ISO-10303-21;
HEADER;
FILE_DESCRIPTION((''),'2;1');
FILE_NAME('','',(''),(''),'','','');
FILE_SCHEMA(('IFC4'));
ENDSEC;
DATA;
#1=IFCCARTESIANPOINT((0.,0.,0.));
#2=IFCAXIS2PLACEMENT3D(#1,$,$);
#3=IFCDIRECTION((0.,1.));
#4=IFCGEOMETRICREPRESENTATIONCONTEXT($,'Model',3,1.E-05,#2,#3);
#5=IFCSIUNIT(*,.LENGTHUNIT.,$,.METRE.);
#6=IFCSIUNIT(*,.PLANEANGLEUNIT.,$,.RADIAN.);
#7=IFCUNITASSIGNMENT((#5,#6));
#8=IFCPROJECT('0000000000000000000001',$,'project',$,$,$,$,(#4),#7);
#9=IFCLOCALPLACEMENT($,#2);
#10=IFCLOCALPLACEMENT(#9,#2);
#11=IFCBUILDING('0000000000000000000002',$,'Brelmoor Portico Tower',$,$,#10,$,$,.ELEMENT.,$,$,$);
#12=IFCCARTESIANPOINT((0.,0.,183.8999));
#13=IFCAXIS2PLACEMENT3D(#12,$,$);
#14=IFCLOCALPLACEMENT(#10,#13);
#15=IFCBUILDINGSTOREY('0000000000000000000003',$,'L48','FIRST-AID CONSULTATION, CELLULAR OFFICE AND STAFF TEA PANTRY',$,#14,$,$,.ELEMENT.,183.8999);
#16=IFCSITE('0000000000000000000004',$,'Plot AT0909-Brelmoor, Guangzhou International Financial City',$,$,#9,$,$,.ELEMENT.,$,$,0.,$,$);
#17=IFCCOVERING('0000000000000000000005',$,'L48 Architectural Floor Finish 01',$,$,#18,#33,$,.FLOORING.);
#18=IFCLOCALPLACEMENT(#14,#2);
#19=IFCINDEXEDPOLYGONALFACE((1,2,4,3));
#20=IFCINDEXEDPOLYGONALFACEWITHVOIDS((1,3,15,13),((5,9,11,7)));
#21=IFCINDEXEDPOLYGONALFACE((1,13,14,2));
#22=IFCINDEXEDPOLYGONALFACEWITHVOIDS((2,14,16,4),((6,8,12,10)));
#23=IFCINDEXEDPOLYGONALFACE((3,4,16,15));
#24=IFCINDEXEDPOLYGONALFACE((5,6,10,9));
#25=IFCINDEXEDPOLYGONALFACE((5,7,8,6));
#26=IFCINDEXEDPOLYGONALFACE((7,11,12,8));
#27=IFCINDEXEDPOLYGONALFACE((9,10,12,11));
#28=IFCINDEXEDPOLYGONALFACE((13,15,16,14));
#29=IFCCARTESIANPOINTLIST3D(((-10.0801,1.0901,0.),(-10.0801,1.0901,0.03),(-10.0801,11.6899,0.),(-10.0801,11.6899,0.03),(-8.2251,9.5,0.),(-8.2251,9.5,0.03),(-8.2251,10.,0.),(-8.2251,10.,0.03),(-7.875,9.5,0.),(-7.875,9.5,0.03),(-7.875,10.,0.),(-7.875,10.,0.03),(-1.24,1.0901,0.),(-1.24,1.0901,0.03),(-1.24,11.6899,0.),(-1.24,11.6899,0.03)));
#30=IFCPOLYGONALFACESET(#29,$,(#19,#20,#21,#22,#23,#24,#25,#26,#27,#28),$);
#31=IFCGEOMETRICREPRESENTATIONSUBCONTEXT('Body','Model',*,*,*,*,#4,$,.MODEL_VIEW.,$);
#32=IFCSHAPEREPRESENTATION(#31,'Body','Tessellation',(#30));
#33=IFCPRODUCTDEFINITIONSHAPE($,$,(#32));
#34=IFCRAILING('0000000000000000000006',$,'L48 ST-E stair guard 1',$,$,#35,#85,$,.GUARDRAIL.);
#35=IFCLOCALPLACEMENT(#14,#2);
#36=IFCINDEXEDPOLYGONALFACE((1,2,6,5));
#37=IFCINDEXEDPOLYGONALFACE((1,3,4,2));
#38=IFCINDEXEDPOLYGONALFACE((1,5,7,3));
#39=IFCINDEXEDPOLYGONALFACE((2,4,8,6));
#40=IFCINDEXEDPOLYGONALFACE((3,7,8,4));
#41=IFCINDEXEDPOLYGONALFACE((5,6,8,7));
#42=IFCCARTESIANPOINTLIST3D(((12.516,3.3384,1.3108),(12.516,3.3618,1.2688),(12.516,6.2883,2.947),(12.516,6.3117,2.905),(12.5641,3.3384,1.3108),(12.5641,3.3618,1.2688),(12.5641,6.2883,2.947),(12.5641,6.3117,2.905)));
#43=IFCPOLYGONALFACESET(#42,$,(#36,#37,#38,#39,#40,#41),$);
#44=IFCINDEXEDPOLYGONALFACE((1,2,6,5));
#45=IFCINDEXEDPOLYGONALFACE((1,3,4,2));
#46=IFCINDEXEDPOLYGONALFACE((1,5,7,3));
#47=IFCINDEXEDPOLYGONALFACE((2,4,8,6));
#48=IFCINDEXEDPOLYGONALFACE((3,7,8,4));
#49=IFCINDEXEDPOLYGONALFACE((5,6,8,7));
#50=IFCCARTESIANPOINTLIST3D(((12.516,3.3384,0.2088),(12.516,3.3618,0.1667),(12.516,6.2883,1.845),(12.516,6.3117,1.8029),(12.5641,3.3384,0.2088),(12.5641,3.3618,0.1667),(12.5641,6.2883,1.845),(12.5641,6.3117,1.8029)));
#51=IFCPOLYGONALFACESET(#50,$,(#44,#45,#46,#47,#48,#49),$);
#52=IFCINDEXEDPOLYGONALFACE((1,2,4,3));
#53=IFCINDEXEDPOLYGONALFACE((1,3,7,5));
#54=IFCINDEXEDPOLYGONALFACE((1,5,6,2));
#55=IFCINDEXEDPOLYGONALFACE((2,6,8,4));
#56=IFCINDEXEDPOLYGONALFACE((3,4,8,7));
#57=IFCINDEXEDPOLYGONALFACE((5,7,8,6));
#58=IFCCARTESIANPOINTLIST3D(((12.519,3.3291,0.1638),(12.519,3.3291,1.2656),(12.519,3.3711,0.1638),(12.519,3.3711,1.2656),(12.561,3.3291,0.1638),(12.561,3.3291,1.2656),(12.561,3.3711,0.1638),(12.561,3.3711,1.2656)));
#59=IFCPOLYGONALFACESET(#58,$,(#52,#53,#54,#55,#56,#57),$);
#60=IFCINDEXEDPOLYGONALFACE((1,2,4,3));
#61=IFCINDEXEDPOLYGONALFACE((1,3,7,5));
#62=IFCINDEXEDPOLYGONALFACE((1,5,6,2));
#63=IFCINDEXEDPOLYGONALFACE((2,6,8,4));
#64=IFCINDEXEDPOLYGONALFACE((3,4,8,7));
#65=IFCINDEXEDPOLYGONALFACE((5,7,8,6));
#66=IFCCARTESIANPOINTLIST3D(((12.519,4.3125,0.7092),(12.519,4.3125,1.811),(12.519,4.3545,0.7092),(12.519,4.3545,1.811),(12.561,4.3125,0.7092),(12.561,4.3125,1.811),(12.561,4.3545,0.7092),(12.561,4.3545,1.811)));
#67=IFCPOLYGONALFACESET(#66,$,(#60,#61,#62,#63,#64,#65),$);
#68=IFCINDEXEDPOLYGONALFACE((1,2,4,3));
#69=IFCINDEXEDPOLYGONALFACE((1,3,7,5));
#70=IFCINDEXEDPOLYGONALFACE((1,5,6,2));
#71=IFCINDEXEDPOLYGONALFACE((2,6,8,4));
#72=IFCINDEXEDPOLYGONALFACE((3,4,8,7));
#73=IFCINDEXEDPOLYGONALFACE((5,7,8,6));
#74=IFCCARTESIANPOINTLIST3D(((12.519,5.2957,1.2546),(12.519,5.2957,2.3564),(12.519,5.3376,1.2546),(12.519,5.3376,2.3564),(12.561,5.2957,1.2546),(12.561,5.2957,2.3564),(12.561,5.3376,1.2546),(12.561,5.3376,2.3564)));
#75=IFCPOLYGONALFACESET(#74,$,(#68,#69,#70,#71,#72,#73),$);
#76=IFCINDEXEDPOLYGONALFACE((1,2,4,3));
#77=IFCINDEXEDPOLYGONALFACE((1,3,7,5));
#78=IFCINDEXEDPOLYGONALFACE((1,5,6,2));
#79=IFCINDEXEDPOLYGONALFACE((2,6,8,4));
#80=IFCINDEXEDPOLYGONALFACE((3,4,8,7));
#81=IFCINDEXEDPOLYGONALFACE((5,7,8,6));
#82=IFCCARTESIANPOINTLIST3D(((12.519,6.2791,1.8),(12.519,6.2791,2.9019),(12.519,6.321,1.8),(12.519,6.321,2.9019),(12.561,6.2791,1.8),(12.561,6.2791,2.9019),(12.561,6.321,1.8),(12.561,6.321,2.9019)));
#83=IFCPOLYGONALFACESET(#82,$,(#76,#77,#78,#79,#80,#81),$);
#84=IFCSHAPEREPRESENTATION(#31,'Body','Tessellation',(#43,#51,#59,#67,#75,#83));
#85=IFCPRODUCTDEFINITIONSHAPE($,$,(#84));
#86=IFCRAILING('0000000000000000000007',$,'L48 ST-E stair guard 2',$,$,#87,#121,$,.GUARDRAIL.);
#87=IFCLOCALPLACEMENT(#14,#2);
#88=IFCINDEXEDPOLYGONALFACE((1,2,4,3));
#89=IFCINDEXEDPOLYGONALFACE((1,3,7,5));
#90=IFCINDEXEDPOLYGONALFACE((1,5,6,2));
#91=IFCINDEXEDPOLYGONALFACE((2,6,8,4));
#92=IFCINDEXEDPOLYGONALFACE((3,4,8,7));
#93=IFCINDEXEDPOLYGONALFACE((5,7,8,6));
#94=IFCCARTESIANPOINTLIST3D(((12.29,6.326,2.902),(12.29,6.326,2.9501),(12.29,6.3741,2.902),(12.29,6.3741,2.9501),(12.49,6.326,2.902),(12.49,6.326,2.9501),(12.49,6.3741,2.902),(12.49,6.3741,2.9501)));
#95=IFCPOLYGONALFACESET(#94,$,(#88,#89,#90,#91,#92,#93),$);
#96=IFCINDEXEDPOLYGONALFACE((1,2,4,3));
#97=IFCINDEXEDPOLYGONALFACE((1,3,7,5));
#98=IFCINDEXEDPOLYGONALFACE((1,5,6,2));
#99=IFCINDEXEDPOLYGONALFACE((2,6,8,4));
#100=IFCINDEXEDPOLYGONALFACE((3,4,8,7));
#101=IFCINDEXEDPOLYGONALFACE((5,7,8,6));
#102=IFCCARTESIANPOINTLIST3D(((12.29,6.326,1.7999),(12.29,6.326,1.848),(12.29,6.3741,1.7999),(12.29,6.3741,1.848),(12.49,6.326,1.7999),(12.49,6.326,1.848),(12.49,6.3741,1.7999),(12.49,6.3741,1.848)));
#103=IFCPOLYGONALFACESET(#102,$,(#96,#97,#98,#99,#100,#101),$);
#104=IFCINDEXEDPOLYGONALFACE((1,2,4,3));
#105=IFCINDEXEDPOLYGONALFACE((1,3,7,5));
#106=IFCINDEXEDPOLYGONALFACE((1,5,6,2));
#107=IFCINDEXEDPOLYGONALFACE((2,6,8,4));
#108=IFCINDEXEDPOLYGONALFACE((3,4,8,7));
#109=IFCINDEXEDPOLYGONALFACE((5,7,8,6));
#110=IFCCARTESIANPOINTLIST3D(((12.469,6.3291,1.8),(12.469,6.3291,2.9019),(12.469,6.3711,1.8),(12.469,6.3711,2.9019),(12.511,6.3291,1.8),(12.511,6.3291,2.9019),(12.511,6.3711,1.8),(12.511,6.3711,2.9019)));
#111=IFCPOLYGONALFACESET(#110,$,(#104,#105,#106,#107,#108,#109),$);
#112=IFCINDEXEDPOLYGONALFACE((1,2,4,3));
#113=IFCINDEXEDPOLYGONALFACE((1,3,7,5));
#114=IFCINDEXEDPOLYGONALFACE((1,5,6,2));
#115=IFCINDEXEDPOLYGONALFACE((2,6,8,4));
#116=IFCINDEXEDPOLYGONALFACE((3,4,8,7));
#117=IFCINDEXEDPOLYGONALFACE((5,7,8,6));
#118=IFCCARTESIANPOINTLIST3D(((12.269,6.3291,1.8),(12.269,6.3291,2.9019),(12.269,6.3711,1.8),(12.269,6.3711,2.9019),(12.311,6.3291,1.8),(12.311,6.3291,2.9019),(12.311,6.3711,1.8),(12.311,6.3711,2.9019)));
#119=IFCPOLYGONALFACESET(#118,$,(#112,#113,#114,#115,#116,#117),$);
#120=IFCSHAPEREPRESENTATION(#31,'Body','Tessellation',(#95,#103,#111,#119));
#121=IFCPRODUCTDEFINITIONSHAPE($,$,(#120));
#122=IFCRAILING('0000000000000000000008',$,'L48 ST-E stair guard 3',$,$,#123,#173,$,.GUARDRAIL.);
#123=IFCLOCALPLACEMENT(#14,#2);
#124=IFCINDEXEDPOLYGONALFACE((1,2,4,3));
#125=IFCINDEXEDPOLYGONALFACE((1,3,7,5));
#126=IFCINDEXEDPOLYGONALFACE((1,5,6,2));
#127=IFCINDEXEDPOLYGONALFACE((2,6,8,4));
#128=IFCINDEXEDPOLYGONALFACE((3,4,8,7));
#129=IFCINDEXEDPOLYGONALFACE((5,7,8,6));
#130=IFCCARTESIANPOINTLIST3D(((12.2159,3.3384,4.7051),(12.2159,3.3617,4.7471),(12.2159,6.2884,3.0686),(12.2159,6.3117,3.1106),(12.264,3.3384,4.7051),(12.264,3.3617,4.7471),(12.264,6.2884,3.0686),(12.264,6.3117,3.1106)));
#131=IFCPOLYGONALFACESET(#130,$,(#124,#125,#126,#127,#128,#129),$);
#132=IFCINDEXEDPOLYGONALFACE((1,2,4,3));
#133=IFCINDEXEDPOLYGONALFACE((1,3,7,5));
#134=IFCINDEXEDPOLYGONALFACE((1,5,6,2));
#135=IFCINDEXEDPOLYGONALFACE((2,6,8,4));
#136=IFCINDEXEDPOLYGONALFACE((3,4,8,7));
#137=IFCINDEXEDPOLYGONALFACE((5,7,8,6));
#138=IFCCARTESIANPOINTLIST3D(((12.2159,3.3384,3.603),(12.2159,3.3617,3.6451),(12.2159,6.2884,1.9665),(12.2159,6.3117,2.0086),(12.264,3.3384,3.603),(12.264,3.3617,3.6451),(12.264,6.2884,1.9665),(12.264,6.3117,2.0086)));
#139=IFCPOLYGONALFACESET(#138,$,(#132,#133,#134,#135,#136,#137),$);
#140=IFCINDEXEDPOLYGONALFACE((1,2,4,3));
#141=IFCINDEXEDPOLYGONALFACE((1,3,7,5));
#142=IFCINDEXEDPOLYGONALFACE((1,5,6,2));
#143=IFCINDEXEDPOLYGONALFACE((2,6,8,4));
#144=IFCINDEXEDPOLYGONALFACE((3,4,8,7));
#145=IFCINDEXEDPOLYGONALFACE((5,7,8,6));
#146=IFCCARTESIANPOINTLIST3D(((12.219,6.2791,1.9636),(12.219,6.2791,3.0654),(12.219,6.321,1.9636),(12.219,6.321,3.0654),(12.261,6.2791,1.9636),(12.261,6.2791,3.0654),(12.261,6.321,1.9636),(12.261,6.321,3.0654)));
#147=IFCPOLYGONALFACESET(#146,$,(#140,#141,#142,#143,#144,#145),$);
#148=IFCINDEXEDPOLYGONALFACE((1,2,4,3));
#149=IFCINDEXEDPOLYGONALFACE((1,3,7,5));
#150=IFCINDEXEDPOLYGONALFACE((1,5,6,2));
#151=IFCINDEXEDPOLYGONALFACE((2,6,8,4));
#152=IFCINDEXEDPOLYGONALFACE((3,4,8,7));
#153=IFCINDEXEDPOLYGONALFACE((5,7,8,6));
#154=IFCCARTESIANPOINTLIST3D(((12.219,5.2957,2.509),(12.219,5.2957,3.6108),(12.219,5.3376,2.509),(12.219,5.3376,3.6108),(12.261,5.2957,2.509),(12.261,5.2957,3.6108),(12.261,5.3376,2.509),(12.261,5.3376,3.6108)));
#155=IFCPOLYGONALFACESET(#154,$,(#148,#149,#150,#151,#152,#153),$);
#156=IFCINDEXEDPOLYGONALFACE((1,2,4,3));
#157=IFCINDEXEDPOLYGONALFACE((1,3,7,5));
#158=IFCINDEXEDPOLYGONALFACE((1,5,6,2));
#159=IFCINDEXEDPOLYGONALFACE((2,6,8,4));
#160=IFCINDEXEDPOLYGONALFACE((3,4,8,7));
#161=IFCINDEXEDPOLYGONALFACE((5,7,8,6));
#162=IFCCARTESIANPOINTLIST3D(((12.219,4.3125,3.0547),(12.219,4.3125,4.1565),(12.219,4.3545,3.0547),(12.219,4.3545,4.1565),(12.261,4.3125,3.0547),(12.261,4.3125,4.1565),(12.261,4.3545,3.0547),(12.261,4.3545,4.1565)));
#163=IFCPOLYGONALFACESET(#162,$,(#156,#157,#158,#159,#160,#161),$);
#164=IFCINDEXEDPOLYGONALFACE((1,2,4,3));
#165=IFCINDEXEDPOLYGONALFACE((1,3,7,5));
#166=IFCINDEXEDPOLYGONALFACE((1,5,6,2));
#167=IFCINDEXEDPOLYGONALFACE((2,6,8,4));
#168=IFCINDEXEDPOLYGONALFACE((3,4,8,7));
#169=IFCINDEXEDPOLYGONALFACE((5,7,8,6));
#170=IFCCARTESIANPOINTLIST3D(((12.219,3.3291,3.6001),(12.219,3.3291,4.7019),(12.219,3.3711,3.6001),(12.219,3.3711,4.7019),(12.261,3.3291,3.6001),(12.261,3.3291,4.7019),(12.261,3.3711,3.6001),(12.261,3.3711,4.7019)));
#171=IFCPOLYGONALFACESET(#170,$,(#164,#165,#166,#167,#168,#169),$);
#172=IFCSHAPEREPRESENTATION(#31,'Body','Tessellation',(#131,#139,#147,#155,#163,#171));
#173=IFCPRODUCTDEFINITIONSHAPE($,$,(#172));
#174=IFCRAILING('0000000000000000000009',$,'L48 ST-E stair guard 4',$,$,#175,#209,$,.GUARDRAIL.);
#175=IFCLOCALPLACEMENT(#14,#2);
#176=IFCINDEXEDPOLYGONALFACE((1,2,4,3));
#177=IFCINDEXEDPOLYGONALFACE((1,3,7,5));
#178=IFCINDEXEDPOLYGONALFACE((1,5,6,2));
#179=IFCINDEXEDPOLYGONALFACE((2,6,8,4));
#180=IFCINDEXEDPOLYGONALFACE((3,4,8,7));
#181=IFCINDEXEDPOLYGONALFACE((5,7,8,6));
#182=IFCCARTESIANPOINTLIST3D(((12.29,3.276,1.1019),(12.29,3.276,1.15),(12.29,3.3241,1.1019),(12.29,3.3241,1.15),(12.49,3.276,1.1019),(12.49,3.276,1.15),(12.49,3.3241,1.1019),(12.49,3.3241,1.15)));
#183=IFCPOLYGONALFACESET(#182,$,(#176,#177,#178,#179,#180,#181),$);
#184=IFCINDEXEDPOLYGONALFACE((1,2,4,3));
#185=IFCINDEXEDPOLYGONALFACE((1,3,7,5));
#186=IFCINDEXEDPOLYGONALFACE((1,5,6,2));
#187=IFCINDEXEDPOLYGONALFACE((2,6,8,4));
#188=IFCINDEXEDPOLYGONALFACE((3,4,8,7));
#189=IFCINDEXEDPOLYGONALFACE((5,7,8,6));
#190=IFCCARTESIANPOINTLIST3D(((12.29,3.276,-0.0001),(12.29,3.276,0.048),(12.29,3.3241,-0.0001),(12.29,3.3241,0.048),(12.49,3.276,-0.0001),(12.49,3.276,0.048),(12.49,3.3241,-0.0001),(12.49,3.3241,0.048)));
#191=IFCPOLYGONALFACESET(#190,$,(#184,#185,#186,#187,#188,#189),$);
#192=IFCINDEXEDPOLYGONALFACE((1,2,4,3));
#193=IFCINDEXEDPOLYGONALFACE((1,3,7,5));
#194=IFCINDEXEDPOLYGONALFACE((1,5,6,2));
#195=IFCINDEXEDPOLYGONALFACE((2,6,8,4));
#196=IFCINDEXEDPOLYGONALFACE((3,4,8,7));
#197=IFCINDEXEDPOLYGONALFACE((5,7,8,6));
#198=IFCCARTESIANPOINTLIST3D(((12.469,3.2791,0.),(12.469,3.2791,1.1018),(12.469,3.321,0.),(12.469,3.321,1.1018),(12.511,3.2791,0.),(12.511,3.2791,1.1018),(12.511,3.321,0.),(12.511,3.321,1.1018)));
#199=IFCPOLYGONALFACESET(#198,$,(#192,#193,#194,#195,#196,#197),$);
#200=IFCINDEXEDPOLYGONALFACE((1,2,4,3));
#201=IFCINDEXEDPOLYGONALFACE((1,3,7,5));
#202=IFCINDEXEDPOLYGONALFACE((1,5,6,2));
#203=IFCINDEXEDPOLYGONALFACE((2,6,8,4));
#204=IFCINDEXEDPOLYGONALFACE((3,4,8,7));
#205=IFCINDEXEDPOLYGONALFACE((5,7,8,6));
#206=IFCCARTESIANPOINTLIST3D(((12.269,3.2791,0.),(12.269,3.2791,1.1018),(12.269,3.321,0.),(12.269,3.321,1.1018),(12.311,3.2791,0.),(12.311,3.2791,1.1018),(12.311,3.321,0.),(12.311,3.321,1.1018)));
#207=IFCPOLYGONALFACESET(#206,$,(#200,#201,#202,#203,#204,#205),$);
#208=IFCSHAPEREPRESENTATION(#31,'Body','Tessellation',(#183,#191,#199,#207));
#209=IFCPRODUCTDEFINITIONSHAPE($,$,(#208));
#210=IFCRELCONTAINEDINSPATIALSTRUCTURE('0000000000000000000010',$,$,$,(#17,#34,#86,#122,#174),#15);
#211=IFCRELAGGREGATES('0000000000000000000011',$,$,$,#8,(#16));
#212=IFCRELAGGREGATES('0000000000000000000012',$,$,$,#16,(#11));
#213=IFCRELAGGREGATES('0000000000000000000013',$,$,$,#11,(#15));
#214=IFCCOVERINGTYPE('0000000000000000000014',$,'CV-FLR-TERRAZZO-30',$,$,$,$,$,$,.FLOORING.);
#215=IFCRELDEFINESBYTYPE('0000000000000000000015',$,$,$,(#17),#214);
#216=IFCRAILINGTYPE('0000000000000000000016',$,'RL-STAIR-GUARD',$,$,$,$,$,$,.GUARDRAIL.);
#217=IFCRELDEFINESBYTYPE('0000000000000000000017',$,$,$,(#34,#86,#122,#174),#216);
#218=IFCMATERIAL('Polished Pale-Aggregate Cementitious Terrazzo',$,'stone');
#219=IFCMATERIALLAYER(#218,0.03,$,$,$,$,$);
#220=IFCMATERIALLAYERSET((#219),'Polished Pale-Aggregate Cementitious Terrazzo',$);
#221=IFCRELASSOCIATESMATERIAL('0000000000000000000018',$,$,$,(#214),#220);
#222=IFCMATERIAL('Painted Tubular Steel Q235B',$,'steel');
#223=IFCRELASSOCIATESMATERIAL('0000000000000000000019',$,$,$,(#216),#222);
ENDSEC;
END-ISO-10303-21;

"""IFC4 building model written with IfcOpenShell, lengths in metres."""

from ifc_helpers import new_model, si_unit, direction, frame, origin, origin_2d, place, context, subcontext, project, spatial, polyline, rectangle, outline, extrude, material, layer, layer_set, type_object, element, save


model = new_model("IFC4")

# Units and contexts
model_context = context("Model", 3, precision=1e-05, world=origin(), true_north=direction((0.0, 1.0)))
body_context = subcontext(model_context, "Body", "Model", "MODEL_VIEW")
ifc_project = project(units=[si_unit("LENGTHUNIT", "METRE"), si_unit("PLANEANGLEUNIT", "RADIAN")], contexts=[model_context])

# Site, building, storey
site_placement = place(None, origin())
site = spatial("IfcSite", under=ifc_project, at=site_placement, Name="Plot AT0909-Brelmoor, Guangzhou International Financial City", CompositionType="ELEMENT", RefElevation=0.0)
building_placement = place(site_placement, origin())
building = spatial("IfcBuilding", under=site, at=building_placement, Name="Brelmoor Portico Tower", CompositionType="ELEMENT")
storey_placement = place(building_placement, frame((0.0, 0.0, 183.8999)))
storey = spatial("IfcBuildingStorey", under=building, at=storey_placement, Name="L48", Description="FIRST-AID CONSULTATION, CELLULAR OFFICE AND STAFF TEA PANTRY", CompositionType="ELEMENT", Elevation=183.8999)

# Covering
ifc_material_1 = material(Name="Polished Pale-Aggregate Cementitious Terrazzo", Category="stone")
ifc_layer_1 = layer(ifc_material_1, 0.03)
ifc_layer_set_1 = layer_set([ifc_layer_1], Name="Polished Pale-Aggregate Cementitious Terrazzo")
covering_type_1 = type_object("IfcCoveringType", Name="CV-FLR-TERRAZZO-30", PredefinedType="FLOORING", material=ifc_layer_set_1)
covering_1_placement = place(storey_placement, origin())
element("IfcCovering", 1, at=covering_1_placement, inside=storey, type_object=covering_type_1, Name="L48 Architectural Floor Finish 01", PredefinedType="FLOORING", context=body_context, shape_type="SweptSolid", body=[
    extrude(outline(polyline([(-10.0801, 11.6899), (-1.24, 11.6899), (-1.24, 1.0901), (-10.0801, 1.0901), (-10.0801, 11.6899)]), holes=[polyline([(-7.875, 9.5), (-7.875, 10.0), (-8.2251, 10.0), (-8.2251, 9.5), (-7.875, 9.5)])]), origin(), (0.0, 0.0, 1.0), 0.03),
])

# Railings
ifc_material_2 = material(Name="Painted Tubular Steel Q235B", Category="steel")
railing_type_1 = type_object("IfcRailingType", Name="RL-STAIR-GUARD", PredefinedType="GUARDRAIL", material=ifc_material_2)
railing_1_placement = place(storey_placement, frame((12.54, 3.3501, 0.1638)))
element("IfcRailing", 2, at=railing_1_placement, inside=storey, type_object=railing_type_1, Name="L48 ST-E stair guard 1", PredefinedType="GUARDRAIL", context=body_context, shape_type="SweptSolid", body=[
    extrude(rectangle(XDim=0.0481, YDim=0.0481, at=origin_2d()), frame((0.0, 0.0, 1.126), z_axis=(0.0, 0.874488, 0.485047), x_axis=(-1.0, 0.0, 0.0)), (0.0, 0.0, 1.0), 3.3733),
    extrude(rectangle(XDim=0.0481, YDim=0.0481, at=origin_2d()), frame((0.0, 0.0, 0.0239), z_axis=(0.0, 0.874488, 0.485047), x_axis=(-1.0, 0.0, 0.0)), (0.0, 0.0, 1.0), 3.3733),
    extrude(rectangle(XDim=0.042, YDim=0.042, at=origin_2d()), origin(), (0.0, 0.0, 1.0), 1.1018),
    extrude(rectangle(XDim=0.042, YDim=0.042, at=origin_2d()), frame((0.0, 0.9834, 0.5454)), (0.0, 0.0, 1.0), 1.1018),
    extrude(rectangle(XDim=0.042, YDim=0.042, at=origin_2d()), frame((0.0, 1.9666, 1.0908)), (0.0, 0.0, 1.0), 1.1018),
    extrude(rectangle(XDim=0.042, YDim=0.042, at=origin_2d()), frame((0.0, 2.95, 1.6362)), (0.0, 0.0, 1.0), 1.1018),
])
railing_2_placement = place(storey_placement, frame((12.49, 6.3501, 1.8)))
element("IfcRailing", 3, at=railing_2_placement, inside=storey, type_object=railing_type_1, Name="L48 ST-E stair guard 2", PredefinedType="GUARDRAIL", context=body_context, shape_type="SweptSolid", body=[
    extrude(rectangle(XDim=0.0481, YDim=0.0481, at=origin_2d()), frame((0.0, 0.0, 1.126), z_axis=(-1.0, 0.0, 0.0), x_axis=(0.0, -1.0, 0.0)), (0.0, 0.0, 1.0), 0.2),
    extrude(rectangle(XDim=0.0481, YDim=0.0481, at=origin_2d()), frame((0.0, 0.0, 0.0239), z_axis=(-1.0, 0.0, 0.0), x_axis=(0.0, -1.0, 0.0)), (0.0, 0.0, 1.0), 0.2),
    extrude(rectangle(XDim=0.042, YDim=0.042, at=origin_2d()), origin(), (0.0, 0.0, 1.0), 1.1018),
    extrude(rectangle(XDim=0.042, YDim=0.042, at=origin_2d()), frame((-0.2, 0.0, 0.0)), (0.0, 0.0, 1.0), 1.1018),
])
railing_3_placement = place(storey_placement, frame((12.24, 6.3, 1.9636)))
element("IfcRailing", 4, at=railing_3_placement, inside=storey, type_object=railing_type_1, Name="L48 ST-E stair guard 3", PredefinedType="GUARDRAIL", context=body_context, shape_type="SweptSolid", body=[
    extrude(rectangle(XDim=0.0481, YDim=0.0481, at=origin_2d()), frame((0.0, 0.0, 1.126), z_axis=(0.0, -0.874458, 0.485102), x_axis=(1.0, 0.0, 0.0)), (0.0, 0.0, 1.0), 3.3735),
    extrude(rectangle(XDim=0.0481, YDim=0.0481, at=origin_2d()), frame((0.0, 0.0, 0.0239), z_axis=(0.0, -0.874458, 0.485102), x_axis=(1.0, 0.0, 0.0)), (0.0, 0.0, 1.0), 3.3735),
    extrude(rectangle(XDim=0.042, YDim=0.042, at=origin_2d()), origin(), (0.0, 0.0, 1.0), 1.1018),
    extrude(rectangle(XDim=0.042, YDim=0.042, at=origin_2d()), frame((0.0, -0.9834, 0.5454)), (0.0, 0.0, 1.0), 1.1018),
    extrude(rectangle(XDim=0.042, YDim=0.042, at=origin_2d()), frame((0.0, -1.9666, 1.0911)), (0.0, 0.0, 1.0), 1.1018),
    extrude(rectangle(XDim=0.042, YDim=0.042, at=origin_2d()), frame((0.0, -2.95, 1.6365)), (0.0, 0.0, 1.0), 1.1018),
])
railing_4_placement = place(storey_placement, frame((12.49, 3.3, 0.0)))
element("IfcRailing", 5, at=railing_4_placement, inside=storey, type_object=railing_type_1, Name="L48 ST-E stair guard 4", PredefinedType="GUARDRAIL", context=body_context, shape_type="SweptSolid", body=[
    extrude(rectangle(XDim=0.0481, YDim=0.0481, at=origin_2d()), frame((0.0, 0.0, 1.126), z_axis=(-1.0, 0.0, 0.0), x_axis=(0.0, -1.0, 0.0)), (0.0, 0.0, 1.0), 0.2),
    extrude(rectangle(XDim=0.0481, YDim=0.0481, at=origin_2d()), frame((0.0, 0.0, 0.0239), z_axis=(-1.0, 0.0, 0.0), x_axis=(0.0, -1.0, 0.0)), (0.0, 0.0, 1.0), 0.2),
    extrude(rectangle(XDim=0.042, YDim=0.042, at=origin_2d()), origin(), (0.0, 0.0, 1.0), 1.1018),
    extrude(rectangle(XDim=0.042, YDim=0.042, at=origin_2d()), frame((-0.2, 0.0, 0.0)), (0.0, 0.0, 1.0), 1.1018),
])

save(model, "model.ifc")
